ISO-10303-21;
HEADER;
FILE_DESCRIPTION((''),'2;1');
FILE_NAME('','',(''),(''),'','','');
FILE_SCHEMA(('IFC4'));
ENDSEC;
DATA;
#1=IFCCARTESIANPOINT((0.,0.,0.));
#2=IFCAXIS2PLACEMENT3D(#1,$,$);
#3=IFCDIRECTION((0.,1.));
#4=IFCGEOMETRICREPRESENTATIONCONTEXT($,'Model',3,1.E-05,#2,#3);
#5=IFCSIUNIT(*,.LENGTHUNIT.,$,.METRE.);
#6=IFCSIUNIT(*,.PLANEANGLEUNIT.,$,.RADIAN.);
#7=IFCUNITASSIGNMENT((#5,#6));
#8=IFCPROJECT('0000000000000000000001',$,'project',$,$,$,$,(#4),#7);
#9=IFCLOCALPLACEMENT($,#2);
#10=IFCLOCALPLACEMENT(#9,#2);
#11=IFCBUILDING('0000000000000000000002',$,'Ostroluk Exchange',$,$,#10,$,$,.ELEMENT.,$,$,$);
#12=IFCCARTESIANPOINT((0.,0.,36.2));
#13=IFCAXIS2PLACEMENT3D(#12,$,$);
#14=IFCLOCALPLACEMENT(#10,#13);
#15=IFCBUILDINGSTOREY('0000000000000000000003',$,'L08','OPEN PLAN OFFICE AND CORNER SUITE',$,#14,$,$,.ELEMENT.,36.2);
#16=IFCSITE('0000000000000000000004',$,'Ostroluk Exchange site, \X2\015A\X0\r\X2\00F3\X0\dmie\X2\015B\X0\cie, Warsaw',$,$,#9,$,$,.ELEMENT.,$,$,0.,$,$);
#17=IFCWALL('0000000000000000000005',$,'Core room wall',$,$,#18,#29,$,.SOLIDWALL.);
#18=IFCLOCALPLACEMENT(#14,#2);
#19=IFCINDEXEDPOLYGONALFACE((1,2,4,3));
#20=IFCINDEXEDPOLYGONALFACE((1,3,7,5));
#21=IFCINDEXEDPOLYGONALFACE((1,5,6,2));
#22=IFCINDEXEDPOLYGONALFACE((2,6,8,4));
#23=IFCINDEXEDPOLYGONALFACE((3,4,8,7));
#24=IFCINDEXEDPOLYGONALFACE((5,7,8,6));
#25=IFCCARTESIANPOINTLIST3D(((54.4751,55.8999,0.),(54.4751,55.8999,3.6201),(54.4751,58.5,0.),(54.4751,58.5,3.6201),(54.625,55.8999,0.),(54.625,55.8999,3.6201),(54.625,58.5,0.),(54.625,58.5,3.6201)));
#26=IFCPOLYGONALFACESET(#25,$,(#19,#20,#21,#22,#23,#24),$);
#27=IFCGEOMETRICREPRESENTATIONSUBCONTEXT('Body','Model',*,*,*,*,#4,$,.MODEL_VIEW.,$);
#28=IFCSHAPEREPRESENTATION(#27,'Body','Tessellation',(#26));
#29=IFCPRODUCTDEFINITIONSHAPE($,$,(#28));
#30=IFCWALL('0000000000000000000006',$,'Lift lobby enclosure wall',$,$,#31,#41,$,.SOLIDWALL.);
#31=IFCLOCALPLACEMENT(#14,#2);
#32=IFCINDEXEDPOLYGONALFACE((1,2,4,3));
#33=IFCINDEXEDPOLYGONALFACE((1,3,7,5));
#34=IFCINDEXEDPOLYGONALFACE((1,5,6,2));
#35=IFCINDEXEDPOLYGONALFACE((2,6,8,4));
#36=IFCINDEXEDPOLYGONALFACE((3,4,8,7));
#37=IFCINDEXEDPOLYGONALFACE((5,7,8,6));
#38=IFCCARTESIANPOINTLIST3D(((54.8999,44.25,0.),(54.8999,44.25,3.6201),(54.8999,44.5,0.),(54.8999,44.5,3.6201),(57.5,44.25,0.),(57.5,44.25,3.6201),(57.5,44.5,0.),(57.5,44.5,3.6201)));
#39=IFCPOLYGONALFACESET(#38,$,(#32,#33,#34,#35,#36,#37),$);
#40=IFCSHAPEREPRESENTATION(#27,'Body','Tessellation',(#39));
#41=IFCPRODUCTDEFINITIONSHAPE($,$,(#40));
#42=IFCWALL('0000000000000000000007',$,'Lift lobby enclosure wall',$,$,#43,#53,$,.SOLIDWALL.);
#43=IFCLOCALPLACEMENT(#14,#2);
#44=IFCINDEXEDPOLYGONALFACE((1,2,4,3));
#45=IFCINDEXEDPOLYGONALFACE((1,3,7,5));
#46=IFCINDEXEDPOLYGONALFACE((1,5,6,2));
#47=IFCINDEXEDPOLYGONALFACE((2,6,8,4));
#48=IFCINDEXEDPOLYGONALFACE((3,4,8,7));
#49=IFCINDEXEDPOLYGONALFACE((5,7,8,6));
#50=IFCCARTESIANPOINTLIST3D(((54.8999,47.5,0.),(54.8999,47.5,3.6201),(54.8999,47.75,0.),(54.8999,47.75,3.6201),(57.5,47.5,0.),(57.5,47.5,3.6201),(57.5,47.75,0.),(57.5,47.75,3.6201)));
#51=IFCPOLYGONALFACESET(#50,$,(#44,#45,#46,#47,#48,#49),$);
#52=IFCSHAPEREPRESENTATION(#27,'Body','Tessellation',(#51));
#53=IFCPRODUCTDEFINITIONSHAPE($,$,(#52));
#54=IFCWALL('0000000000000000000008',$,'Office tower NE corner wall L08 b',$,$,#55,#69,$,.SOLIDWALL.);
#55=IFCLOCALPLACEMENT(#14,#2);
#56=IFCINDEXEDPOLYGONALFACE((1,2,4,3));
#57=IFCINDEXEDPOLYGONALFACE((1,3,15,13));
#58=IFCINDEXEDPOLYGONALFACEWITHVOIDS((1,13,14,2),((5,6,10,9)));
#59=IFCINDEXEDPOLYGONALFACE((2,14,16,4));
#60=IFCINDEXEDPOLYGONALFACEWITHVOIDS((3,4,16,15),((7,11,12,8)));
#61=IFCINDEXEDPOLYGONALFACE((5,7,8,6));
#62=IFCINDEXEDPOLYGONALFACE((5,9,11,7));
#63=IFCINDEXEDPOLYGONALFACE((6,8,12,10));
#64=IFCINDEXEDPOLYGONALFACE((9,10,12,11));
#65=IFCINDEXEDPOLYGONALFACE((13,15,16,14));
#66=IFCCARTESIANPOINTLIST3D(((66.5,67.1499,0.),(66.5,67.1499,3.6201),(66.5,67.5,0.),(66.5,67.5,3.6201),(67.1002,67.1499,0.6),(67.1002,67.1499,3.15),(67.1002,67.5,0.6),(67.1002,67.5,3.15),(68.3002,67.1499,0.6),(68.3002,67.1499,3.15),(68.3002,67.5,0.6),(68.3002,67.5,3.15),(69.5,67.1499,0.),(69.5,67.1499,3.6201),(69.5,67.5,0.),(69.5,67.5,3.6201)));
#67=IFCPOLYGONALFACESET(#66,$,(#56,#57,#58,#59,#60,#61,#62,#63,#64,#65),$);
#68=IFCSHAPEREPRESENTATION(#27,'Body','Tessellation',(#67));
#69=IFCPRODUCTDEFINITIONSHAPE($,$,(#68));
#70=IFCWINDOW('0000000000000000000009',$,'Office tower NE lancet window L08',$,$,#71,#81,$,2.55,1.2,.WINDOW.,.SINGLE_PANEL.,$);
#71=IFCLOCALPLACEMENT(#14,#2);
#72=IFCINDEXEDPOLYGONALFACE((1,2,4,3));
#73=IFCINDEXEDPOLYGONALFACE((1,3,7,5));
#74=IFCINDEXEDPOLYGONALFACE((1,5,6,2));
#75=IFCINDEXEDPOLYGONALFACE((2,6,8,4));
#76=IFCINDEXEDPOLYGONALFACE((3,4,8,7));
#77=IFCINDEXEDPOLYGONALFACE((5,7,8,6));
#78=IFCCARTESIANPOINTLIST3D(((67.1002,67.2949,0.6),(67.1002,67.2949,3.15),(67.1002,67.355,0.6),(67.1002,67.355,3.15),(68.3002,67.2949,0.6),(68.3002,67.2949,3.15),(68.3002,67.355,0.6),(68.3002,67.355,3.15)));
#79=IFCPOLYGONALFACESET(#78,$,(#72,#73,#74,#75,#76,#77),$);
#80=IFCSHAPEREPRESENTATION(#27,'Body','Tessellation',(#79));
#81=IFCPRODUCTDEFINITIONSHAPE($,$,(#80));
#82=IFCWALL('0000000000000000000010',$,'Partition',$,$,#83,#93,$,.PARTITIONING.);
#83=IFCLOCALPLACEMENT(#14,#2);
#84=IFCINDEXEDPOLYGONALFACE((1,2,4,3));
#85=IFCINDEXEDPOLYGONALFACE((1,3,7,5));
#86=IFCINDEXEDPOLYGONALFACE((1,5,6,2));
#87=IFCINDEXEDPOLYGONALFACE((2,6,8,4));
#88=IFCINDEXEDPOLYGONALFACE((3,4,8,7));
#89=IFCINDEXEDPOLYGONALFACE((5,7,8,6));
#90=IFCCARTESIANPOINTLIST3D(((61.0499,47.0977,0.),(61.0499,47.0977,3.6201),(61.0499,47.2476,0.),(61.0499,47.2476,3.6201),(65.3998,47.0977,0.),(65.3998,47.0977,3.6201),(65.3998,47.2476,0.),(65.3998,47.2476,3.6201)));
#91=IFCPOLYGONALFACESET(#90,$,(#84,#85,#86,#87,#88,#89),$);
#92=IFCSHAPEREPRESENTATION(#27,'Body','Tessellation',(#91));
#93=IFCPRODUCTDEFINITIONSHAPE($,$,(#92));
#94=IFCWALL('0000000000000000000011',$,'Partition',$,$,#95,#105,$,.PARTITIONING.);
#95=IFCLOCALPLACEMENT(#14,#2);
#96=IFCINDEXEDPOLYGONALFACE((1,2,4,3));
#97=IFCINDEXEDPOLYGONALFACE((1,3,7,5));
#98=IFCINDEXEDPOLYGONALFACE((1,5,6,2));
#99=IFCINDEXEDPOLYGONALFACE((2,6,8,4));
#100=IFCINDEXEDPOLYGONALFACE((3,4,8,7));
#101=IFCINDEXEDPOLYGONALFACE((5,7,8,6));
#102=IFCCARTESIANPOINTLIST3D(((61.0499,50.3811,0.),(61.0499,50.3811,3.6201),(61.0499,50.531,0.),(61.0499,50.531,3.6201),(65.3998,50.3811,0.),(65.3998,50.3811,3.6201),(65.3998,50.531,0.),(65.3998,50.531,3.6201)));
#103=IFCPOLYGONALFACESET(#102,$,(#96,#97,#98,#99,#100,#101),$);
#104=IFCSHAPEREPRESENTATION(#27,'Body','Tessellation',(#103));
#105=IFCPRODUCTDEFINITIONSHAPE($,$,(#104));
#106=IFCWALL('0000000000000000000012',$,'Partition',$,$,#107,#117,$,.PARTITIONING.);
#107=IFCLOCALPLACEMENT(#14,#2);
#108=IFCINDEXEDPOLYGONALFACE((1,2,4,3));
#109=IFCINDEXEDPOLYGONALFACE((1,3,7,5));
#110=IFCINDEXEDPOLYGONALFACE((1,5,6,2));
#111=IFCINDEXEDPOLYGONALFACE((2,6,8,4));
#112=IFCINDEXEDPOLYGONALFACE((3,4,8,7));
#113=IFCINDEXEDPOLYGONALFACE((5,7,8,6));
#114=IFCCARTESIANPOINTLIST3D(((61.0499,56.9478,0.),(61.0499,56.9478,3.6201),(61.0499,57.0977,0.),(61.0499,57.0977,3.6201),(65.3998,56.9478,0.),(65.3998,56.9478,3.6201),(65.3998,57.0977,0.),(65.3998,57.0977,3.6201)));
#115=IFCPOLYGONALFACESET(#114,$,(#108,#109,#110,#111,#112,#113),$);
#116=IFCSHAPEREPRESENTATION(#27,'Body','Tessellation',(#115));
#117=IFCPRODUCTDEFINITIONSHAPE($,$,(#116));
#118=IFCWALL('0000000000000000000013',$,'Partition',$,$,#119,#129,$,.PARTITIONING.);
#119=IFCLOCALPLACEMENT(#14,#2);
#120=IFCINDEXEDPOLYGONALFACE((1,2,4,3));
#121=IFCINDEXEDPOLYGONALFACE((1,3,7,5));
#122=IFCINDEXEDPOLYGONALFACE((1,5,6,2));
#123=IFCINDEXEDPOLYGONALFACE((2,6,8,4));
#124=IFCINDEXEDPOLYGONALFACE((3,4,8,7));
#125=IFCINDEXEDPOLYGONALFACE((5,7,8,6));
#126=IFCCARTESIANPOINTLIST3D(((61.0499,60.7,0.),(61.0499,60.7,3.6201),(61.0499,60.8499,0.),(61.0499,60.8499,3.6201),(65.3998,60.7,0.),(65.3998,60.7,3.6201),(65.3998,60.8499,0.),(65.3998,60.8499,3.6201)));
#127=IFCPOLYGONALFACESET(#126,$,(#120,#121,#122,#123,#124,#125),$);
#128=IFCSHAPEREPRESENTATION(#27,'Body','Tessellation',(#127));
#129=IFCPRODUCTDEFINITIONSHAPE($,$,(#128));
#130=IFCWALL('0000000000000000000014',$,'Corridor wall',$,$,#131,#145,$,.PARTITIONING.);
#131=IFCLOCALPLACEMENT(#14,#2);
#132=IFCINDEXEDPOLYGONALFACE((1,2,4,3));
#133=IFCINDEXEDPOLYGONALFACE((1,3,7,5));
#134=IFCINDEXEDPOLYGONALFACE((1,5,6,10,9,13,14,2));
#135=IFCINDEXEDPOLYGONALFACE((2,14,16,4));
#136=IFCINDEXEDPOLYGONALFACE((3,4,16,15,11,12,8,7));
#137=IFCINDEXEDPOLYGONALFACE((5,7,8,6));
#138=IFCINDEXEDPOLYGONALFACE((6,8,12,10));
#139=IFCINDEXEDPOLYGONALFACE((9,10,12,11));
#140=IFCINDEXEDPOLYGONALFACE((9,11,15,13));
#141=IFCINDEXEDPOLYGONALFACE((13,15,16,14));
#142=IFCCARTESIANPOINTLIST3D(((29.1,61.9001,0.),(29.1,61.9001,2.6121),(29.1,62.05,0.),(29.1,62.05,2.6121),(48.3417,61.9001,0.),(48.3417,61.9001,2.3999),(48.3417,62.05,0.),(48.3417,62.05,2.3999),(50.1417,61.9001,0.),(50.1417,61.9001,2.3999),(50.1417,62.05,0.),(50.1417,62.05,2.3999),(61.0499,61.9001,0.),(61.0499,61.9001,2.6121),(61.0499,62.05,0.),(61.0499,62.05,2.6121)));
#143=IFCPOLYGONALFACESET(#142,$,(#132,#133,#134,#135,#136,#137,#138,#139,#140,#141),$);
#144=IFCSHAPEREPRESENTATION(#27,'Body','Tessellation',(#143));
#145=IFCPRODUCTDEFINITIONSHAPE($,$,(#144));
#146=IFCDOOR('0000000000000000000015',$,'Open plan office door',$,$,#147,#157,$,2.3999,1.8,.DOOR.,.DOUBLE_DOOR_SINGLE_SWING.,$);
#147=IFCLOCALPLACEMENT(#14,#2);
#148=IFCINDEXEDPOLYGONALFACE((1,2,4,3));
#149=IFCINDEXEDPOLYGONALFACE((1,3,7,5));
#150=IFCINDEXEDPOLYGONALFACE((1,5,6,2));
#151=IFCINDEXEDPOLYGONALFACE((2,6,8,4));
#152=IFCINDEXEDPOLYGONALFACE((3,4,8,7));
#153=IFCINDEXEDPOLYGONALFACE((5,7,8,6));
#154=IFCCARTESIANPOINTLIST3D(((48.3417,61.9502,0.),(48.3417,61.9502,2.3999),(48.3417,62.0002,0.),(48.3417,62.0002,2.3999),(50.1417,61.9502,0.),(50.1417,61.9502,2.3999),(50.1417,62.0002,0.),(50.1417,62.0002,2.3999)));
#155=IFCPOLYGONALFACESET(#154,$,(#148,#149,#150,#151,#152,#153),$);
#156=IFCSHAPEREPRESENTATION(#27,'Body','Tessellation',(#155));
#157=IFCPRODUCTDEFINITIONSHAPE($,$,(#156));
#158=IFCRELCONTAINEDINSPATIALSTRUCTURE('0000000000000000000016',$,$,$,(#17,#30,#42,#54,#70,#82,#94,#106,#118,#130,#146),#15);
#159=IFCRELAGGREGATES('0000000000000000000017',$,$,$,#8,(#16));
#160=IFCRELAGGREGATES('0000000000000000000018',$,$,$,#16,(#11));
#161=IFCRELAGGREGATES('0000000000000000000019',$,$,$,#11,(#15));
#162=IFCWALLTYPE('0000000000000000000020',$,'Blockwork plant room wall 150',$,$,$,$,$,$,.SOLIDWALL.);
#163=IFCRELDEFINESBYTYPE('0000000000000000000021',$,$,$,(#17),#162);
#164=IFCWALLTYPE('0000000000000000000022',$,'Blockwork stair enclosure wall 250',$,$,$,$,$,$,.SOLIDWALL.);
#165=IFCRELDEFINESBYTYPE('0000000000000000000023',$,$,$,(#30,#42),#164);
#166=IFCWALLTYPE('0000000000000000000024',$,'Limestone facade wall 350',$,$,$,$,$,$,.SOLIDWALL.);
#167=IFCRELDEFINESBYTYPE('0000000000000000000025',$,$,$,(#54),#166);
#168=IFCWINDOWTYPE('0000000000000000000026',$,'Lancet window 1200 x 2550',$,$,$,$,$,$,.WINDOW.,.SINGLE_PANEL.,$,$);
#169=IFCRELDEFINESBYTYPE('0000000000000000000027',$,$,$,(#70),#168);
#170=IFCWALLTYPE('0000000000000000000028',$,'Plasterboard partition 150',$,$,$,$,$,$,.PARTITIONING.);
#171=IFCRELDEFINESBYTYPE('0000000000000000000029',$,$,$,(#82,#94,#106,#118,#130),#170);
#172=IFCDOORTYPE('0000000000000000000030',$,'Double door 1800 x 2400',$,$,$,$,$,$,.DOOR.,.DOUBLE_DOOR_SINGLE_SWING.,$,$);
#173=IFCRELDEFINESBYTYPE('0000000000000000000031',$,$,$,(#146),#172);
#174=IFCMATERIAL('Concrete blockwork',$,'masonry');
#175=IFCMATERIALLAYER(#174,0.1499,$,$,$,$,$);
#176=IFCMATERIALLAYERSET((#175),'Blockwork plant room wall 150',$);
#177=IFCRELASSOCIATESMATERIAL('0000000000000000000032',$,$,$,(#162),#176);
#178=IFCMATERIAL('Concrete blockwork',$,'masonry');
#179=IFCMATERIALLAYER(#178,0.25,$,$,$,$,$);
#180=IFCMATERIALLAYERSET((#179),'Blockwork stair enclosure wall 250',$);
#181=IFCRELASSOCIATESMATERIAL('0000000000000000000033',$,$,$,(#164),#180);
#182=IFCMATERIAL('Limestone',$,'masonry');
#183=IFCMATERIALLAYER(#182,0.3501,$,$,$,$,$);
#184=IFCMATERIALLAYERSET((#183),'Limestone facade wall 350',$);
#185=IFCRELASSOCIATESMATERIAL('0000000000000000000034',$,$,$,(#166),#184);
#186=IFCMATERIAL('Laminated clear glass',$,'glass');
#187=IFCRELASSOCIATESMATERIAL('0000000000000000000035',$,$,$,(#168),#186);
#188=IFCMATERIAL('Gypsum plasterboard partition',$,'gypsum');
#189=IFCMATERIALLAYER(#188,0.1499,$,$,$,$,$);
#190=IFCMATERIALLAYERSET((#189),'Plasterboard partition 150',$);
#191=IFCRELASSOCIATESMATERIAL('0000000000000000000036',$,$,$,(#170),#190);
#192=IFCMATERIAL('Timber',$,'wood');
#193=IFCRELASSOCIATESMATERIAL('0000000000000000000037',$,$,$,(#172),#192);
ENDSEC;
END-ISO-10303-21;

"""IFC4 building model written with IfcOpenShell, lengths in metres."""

from ifc_helpers import new_model, si_unit, direction, frame, frame_2d, origin, place, context, subcontext, project, spatial, rectangle, extrude, material, layer, layer_set, type_object, element, fill, save


model = new_model("IFC4")

# Units and contexts
model_context = context("Model", 3, precision=1e-05, world=origin(), true_north=direction((0.0, 1.0)))
body_context = subcontext(model_context, "Body", "Model", "MODEL_VIEW")
ifc_project = project(units=[si_unit("LENGTHUNIT", "METRE"), si_unit("PLANEANGLEUNIT", "RADIAN")], contexts=[model_context])

# Site, building, storey
site_placement = place(None, origin())
site = spatial("IfcSite", under=ifc_project, at=site_placement, Name="Ostroluk Exchange site, Śródmieście, Warsaw", CompositionType="ELEMENT", RefElevation=0.0)
building_placement = place(site_placement, origin())
building = spatial("IfcBuilding", under=site, at=building_placement, Name="Ostroluk Exchange", CompositionType="ELEMENT")
storey_placement = place(building_placement, frame((0.0, 0.0, 36.2)))
storey = spatial("IfcBuildingStorey", under=building, at=storey_placement, Name="L08", Description="OPEN PLAN OFFICE AND CORNER SUITE", CompositionType="ELEMENT", Elevation=36.2)

# Walls
ifc_material_1 = material(Name="Concrete blockwork", Category="masonry")
ifc_layer_1 = layer(ifc_material_1, 0.1499)
ifc_layer_set_1 = layer_set([ifc_layer_1], Name="Blockwork plant room wall 150")
wall_type_1 = type_object("IfcWallType", Name="Blockwork plant room wall 150", PredefinedType="SOLIDWALL", material=ifc_layer_set_1)
wall_1_placement = place(storey_placement, frame((54.55, 55.8999, 0.0), z_axis=(0.0, 0.0, 1.0), x_axis=(0.0, 1.0, 0.0)))
element("IfcWall", 1, at=wall_1_placement, inside=storey, type_object=wall_type_1, Name="Core room wall", PredefinedType="SOLIDWALL", context=body_context, shape_type="SweptSolid", body=[
    extrude(rectangle(XDim=2.6001, YDim=0.1499, at=frame_2d((1.3, 0.0))), origin(), (0.0, 0.0, 1.0), 3.6201),
])
ifc_material_2 = material(Name="Concrete blockwork", Category="masonry")
ifc_layer_2 = layer(ifc_material_2, 0.25)
ifc_layer_set_2 = layer_set([ifc_layer_2], Name="Blockwork stair enclosure wall 250")
wall_type_2 = type_object("IfcWallType", Name="Blockwork stair enclosure wall 250", PredefinedType="SOLIDWALL", material=ifc_layer_set_2)
for number, where, z_axis, x_axis, name in (
    (2, (54.8999, 44.375, 0.0), (0.0, 0.0, 1.0), (1.0, 0.0, 0.0), "Lift lobby enclosure wall"),
    (3, (54.8999, 47.625, 0.0), (0.0, 0.0, 1.0), (1.0, 0.0, 0.0), "Lift lobby enclosure wall"),
):
    element("IfcWall", number, at=place(storey_placement, frame(where, z_axis=z_axis, x_axis=x_axis)), inside=storey, type_object=wall_type_2, Name=name, PredefinedType="SOLIDWALL", context=body_context, shape_type="SweptSolid", body=[
        extrude(rectangle(XDim=2.6001, YDim=0.25, at=frame_2d((1.3, 0.0))), origin(), (0.0, 0.0, 1.0), 3.6201),
    ])

# Wall, opening, window
ifc_material_3 = material(Name="Limestone", Category="masonry")
ifc_layer_3 = layer(ifc_material_3, 0.3501)
ifc_layer_set_3 = layer_set([ifc_layer_3], Name="Limestone facade wall 350")
wall_type_3 = type_object("IfcWallType", Name="Limestone facade wall 350", PredefinedType="SOLIDWALL", material=ifc_layer_set_3)
wall_2_placement = place(storey_placement, frame((66.5, 67.325, 0.0), z_axis=(0.0, 0.0, 1.0), x_axis=(1.0, 0.0, 0.0)))
wall_2 = element("IfcWall", 4, at=wall_2_placement, inside=storey, type_object=wall_type_3, Name="Office tower NE corner wall L08 b", PredefinedType="SOLIDWALL", context=body_context, shape_type="SweptSolid", body=[
    extrude(rectangle(XDim=3.0, YDim=0.3501, at=frame_2d((1.5, 0.0))), origin(), (0.0, 0.0, 1.0), 3.6201),
])
opening_1_placement = place(wall_2_placement, frame((0.6001, 0.0, 0.6001)))
opening_1 = element("IfcOpeningElement", 5, at=opening_1_placement, cuts=wall_2, PredefinedType="OPENING", context=body_context, shape_type="SweptSolid", body=[
    extrude(rectangle(XDim=1.2, YDim=2.55, at=frame_2d((0.6001, 1.2749))), frame((0.0, 0.1851, 0.0), z_axis=(0.0, -1.0, 0.0), x_axis=(1.0, 0.0, 0.0)), (0.0, 0.0, 1.0), 0.3701),
])
ifc_material_4 = material(Name="Laminated clear glass", Category="glass")
window_type = type_object("IfcWindowType", Name="Lancet window 1200 x 2550", PartitioningType="SINGLE_PANEL", PredefinedType="WINDOW", material=ifc_material_4)
window_placement = place(opening_1_placement, origin())
window = element("IfcWindow", 6, at=window_placement, inside=storey, type_object=window_type, Name="Office tower NE lancet window L08", OverallHeight=2.55, OverallWidth=1.2, PartitioningType="SINGLE_PANEL", PredefinedType="WINDOW", context=body_context, shape_type="SweptSolid", body=[
    extrude(rectangle(XDim=1.2, YDim=2.55, at=frame_2d((0.6001, 1.2749))), frame((0.0, 0.03, 0.0), z_axis=(0.0, -1.0, 0.0), x_axis=(1.0, 0.0, 0.0)), (0.0, 0.0, 1.0), 0.0601),
])
fill(opening_1, window)

# Walls
ifc_material_5 = material(Name="Gypsum plasterboard partition", Category="gypsum")
ifc_layer_4 = layer(ifc_material_5, 0.1499)
ifc_layer_set_4 = layer_set([ifc_layer_4], Name="Plasterboard partition 150")
wall_type_4 = type_object("IfcWallType", Name="Plasterboard partition 150", PredefinedType="PARTITIONING", material=ifc_layer_set_4)
for number, where, z_axis, x_axis, name in (
    (7, (61.05, 47.1726, 0.0), (0.0, 0.0, 1.0), (1.0, 0.0, 0.0), "Partition"),
    (8, (61.05, 50.4561, 0.0), (0.0, 0.0, 1.0), (1.0, 0.0, 0.0), "Partition"),
    (9, (61.05, 57.0227, 0.0), (0.0, 0.0, 1.0), (1.0, 0.0, 0.0), "Partition"),
    (10, (61.05, 60.7749, 0.0), (0.0, 0.0, 1.0), (1.0, 0.0, 0.0), "Partition"),
):
    element("IfcWall", number, at=place(storey_placement, frame(where, z_axis=z_axis, x_axis=x_axis)), inside=storey, type_object=wall_type_4, Name=name, PredefinedType="PARTITIONING", context=body_context, shape_type="SweptSolid", body=[
        extrude(rectangle(XDim=4.3499, YDim=0.1499, at=frame_2d((2.1748, 0.0))), origin(), (0.0, 0.0, 1.0), 3.6201),
    ])

# Wall, opening, door
wall_3_placement = place(storey_placement, frame((61.05, 61.9751, 0.0), z_axis=(0.0, 0.0, 1.0), x_axis=(-1.0, 0.0, 0.0)))
wall_3 = element("IfcWall", 11, at=wall_3_placement, inside=storey, type_object=wall_type_4, Name="Corridor wall", PredefinedType="PARTITIONING", context=body_context, shape_type="SweptSolid", body=[
    extrude(rectangle(XDim=31.95, YDim=0.1499, at=frame_2d((15.9751, 0.0))), origin(), (0.0, 0.0, 1.0), 2.6121),
])
opening_2_placement = place(wall_3_placement, frame((10.9084, 0.0, 0.0)))
opening_2 = element("IfcOpeningElement", 12, at=opening_2_placement, cuts=wall_3, PredefinedType="OPENING", context=body_context, shape_type="SweptSolid", body=[
    extrude(rectangle(XDim=1.8, YDim=2.3999, at=frame_2d((0.8999, 1.2))), frame((0.0, 0.085, 0.0), z_axis=(0.0, -1.0, 0.0), x_axis=(1.0, 0.0, 0.0)), (0.0, 0.0, 1.0), 0.1699),
])
ifc_material_6 = material(Name="Timber", Category="wood")
door_type = type_object("IfcDoorType", Name="Double door 1800 x 2400", OperationType="DOUBLE_DOOR_SINGLE_SWING", PredefinedType="DOOR", material=ifc_material_6)
door_placement = place(opening_2_placement, origin())
door = element("IfcDoor", 13, at=door_placement, inside=storey, type_object=door_type, Name="Open plan office door", OperationType="DOUBLE_DOOR_SINGLE_SWING", OverallHeight=2.3999, OverallWidth=1.8, PredefinedType="DOOR", context=body_context, shape_type="SweptSolid", body=[
    extrude(rectangle(XDim=1.8, YDim=2.3999, at=frame_2d((0.8999, 1.2))), frame((0.0, 0.0249, 0.0), z_axis=(0.0, -1.0, 0.0), x_axis=(1.0, 0.0, 0.0)), (0.0, 0.0, 1.0), 0.05),
])
fill(opening_2, door)

save(model, "model.ifc")
